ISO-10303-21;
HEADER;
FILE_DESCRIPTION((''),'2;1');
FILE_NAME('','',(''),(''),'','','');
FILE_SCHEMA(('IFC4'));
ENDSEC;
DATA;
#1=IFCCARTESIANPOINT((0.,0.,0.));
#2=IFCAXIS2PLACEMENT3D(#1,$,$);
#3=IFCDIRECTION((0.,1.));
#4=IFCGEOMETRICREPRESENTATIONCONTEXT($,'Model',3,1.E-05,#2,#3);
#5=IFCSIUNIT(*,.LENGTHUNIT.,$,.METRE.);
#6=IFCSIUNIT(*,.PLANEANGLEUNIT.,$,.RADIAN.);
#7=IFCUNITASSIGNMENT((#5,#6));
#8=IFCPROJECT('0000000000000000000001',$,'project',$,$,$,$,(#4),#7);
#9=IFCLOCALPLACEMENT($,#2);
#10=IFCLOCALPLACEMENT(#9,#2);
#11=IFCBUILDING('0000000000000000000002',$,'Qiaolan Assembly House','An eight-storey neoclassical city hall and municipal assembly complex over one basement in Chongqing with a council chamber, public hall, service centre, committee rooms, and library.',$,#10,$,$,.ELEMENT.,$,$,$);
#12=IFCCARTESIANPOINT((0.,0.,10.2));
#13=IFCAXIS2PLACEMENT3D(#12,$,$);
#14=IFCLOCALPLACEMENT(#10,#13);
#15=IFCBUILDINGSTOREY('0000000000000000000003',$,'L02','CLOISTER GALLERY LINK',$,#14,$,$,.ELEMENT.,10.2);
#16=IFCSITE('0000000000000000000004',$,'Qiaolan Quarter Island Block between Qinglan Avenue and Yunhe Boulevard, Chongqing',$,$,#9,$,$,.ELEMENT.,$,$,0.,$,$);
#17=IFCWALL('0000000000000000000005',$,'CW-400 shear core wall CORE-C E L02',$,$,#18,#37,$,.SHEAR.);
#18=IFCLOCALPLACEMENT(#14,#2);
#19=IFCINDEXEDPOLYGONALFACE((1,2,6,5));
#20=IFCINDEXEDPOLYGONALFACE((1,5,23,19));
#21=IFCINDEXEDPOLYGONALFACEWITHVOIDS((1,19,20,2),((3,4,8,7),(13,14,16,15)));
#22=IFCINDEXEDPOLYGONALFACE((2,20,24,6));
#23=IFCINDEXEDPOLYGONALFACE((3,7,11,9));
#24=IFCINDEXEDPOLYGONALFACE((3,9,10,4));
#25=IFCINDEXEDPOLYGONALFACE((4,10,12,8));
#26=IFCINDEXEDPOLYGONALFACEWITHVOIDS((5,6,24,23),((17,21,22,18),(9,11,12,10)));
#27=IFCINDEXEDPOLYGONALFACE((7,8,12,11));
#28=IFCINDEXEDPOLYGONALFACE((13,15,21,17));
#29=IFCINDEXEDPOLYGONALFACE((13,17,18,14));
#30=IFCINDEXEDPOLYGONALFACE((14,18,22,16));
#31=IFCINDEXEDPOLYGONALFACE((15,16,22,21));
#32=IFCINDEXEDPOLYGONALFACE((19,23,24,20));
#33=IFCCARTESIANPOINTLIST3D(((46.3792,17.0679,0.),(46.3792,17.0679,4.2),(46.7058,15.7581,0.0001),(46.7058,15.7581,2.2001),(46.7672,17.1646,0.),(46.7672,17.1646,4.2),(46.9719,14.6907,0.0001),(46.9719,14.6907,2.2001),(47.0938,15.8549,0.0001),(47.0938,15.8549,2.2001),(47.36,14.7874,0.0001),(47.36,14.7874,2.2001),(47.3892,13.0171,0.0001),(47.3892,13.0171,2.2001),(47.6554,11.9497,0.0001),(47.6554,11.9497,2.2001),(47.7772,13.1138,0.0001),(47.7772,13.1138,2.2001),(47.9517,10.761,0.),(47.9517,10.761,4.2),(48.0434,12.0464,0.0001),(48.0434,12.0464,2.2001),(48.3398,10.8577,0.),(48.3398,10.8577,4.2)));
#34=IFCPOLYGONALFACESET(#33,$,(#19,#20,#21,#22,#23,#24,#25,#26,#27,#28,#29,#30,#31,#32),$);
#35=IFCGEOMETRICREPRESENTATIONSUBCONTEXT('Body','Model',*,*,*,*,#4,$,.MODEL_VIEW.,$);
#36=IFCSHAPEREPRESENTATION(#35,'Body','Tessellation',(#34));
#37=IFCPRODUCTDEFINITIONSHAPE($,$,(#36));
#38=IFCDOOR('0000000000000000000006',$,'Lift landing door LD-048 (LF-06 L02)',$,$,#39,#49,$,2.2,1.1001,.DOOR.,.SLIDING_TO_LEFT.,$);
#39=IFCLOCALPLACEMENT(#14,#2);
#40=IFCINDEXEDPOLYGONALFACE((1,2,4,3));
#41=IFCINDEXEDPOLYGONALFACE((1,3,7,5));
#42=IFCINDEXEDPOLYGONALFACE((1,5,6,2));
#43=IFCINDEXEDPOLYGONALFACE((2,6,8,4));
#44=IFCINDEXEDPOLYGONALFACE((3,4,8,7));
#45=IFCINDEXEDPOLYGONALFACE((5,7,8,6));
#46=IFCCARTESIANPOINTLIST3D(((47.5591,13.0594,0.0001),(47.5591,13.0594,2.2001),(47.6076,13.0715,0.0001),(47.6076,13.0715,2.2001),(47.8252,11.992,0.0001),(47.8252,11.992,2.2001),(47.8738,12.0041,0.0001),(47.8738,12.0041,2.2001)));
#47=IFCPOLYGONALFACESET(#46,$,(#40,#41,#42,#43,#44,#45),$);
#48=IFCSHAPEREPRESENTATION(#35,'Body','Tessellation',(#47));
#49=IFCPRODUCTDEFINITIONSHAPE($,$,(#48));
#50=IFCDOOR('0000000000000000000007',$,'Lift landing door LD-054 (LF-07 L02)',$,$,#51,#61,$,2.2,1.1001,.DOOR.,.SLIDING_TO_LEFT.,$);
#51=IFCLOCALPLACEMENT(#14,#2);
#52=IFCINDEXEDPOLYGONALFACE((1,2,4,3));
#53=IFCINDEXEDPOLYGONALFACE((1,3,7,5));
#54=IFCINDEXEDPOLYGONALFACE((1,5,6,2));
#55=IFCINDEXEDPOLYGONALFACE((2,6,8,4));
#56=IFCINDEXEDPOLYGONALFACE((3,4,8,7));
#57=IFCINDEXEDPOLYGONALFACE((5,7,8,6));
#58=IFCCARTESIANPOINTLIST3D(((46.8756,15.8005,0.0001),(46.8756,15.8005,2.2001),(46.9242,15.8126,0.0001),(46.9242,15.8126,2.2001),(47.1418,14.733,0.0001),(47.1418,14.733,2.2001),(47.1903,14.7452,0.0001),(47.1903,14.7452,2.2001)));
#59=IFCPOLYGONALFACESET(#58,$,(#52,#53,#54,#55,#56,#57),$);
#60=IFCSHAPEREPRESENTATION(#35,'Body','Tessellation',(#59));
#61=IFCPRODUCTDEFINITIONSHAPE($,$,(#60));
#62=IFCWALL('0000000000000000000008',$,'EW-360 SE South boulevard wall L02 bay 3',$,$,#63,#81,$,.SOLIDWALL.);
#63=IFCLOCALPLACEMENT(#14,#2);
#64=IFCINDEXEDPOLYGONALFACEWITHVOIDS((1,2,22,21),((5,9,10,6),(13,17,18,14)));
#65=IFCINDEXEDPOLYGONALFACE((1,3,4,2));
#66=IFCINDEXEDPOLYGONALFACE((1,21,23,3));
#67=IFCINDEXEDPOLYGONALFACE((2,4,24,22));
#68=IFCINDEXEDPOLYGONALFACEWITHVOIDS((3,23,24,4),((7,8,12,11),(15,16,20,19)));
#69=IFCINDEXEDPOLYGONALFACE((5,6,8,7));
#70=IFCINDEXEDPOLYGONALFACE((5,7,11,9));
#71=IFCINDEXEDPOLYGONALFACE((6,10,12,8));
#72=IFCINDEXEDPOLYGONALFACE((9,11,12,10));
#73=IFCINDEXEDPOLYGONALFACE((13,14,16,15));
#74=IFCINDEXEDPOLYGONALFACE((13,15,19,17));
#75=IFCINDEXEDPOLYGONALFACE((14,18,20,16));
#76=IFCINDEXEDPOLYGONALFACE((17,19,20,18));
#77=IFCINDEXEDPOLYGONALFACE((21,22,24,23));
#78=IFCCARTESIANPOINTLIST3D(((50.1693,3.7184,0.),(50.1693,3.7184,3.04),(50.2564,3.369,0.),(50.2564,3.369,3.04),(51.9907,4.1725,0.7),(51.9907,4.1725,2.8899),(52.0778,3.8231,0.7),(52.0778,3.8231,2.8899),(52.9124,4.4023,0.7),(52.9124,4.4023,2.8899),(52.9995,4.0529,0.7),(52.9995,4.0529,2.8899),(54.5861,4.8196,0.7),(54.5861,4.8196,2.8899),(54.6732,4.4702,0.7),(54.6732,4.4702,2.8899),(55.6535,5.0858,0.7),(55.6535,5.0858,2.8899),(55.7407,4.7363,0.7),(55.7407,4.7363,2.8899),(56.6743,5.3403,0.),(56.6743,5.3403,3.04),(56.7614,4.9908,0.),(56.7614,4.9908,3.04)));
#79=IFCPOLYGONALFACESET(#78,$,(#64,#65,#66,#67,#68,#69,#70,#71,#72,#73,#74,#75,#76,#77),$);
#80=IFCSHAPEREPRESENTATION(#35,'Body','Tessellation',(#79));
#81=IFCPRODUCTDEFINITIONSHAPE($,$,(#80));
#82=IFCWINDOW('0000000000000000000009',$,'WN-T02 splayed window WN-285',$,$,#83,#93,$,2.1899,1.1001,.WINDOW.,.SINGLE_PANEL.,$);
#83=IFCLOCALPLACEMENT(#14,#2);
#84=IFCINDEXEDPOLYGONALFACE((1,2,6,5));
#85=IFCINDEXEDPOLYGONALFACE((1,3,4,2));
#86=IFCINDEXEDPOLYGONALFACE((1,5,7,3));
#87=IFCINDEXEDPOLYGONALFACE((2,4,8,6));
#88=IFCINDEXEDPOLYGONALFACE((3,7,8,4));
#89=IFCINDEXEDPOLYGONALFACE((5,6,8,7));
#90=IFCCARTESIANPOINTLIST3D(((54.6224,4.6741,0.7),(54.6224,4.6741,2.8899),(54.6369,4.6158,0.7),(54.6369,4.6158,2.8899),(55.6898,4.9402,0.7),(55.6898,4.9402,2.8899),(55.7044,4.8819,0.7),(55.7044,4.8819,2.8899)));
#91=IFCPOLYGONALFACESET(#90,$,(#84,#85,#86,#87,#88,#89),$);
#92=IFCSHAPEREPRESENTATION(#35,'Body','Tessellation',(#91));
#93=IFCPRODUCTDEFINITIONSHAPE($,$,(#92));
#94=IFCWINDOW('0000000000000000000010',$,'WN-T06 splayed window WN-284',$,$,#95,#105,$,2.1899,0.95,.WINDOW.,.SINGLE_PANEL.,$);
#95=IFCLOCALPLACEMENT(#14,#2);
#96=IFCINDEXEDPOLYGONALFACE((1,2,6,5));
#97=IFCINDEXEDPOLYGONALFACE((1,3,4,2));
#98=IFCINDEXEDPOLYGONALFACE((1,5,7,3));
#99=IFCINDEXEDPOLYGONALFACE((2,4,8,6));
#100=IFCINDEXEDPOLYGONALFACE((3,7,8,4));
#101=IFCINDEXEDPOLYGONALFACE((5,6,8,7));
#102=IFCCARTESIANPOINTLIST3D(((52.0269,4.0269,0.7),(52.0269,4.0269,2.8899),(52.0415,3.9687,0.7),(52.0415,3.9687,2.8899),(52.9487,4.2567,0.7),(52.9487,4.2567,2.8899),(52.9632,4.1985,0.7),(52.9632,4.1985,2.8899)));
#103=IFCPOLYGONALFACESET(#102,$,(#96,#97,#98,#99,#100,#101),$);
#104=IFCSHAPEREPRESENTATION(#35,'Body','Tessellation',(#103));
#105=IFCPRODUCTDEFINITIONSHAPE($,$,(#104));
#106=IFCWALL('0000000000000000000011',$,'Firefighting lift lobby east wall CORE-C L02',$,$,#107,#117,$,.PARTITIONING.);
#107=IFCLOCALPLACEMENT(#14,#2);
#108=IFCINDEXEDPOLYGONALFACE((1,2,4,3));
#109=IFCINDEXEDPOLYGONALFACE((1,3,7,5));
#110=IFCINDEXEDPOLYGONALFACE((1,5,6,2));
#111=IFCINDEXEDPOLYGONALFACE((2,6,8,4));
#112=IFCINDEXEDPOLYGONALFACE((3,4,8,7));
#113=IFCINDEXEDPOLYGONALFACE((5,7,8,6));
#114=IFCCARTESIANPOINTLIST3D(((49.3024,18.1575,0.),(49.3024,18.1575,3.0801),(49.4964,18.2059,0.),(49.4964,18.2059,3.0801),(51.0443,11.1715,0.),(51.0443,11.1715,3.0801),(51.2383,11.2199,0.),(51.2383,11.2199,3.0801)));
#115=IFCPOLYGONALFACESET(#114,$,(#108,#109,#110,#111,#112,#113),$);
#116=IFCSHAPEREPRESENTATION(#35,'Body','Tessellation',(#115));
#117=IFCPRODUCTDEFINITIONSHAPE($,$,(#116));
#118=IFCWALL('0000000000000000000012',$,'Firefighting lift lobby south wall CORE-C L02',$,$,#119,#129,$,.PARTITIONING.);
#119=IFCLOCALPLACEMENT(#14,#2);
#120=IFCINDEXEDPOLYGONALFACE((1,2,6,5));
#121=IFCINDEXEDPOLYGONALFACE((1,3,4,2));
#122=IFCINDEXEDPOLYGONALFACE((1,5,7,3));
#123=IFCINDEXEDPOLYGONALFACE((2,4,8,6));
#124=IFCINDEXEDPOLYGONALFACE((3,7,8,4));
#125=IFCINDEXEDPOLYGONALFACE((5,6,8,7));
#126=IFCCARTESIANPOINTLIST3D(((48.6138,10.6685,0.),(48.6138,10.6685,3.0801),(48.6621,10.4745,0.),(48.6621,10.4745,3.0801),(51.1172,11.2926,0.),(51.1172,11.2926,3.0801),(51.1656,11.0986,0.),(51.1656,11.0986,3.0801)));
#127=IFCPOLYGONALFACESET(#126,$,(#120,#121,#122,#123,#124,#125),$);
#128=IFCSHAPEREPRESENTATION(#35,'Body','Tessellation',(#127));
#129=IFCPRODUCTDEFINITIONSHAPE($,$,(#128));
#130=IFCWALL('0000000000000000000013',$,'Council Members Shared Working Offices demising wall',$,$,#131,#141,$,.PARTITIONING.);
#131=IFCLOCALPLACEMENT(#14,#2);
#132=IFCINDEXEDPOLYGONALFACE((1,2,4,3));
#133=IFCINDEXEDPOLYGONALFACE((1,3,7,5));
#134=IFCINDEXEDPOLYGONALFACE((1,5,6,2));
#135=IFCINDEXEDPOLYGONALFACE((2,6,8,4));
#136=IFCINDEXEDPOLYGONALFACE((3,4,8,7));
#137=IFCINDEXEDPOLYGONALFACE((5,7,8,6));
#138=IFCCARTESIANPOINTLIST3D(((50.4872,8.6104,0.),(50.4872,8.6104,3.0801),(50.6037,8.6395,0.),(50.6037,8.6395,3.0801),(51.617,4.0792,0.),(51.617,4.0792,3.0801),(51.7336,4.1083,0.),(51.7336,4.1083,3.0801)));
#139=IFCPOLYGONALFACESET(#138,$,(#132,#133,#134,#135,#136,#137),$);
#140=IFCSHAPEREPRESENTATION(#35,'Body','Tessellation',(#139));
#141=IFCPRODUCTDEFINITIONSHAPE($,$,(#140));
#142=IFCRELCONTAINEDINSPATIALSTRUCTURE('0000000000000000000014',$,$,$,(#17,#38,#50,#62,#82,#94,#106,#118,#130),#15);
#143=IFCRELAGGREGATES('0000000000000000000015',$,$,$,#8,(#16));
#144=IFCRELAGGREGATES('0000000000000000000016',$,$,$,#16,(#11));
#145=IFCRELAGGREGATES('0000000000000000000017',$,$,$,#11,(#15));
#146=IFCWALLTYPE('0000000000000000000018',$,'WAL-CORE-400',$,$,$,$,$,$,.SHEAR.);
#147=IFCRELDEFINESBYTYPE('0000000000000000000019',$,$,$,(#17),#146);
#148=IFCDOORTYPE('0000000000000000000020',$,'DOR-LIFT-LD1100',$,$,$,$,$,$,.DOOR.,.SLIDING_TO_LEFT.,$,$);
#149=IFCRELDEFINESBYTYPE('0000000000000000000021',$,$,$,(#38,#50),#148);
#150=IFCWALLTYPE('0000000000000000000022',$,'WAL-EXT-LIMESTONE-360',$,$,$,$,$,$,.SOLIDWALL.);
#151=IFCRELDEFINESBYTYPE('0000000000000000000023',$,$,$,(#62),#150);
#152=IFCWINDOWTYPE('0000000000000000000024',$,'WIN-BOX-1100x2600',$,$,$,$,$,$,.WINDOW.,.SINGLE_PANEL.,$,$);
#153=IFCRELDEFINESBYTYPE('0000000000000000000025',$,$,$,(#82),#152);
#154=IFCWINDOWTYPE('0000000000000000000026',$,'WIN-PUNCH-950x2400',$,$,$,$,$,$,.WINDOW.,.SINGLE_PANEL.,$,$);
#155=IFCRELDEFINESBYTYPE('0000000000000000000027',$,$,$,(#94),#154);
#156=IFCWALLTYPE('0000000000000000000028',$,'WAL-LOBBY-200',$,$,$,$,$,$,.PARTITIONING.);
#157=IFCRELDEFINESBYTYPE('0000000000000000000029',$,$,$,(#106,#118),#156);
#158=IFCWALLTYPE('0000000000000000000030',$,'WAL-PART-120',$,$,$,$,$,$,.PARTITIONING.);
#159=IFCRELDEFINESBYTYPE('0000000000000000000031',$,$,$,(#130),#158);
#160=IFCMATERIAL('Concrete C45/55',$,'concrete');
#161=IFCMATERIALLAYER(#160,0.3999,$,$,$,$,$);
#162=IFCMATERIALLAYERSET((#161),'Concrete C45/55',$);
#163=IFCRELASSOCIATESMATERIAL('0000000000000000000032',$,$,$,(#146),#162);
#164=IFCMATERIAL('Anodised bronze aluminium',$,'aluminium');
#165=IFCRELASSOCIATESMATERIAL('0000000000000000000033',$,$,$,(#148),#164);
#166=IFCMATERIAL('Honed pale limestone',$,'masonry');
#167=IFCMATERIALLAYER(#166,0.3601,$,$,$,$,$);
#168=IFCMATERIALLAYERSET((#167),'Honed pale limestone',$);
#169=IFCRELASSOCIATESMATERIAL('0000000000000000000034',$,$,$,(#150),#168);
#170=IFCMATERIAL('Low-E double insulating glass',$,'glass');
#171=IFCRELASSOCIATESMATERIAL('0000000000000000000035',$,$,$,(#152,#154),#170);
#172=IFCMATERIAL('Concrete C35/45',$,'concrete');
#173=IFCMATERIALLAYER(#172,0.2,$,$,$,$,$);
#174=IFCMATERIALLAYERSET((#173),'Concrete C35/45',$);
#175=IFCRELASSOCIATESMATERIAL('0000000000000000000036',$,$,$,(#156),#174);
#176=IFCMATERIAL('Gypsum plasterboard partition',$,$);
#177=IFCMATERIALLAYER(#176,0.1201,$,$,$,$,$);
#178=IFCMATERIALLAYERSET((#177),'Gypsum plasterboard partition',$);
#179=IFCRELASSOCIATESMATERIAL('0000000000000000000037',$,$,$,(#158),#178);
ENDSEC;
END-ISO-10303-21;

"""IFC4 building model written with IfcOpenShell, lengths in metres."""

from ifc_helpers import new_model, si_unit, direction, frame, frame_2d, origin, place, context, subcontext, project, spatial, rectangle, extrude, material, layer, layer_set, type_object, element, fill, save


model = new_model("IFC4")

# Units and contexts
model_context = context("Model", 3, precision=1e-05, world=origin(), true_north=direction((0.0, 1.0)))
body_context = subcontext(model_context, "Body", "Model", "MODEL_VIEW")
ifc_project = project(units=[si_unit("LENGTHUNIT", "METRE"), si_unit("PLANEANGLEUNIT", "RADIAN")], contexts=[model_context])

# Site, building, storey
site_placement = place(None, origin())
site = spatial("IfcSite", under=ifc_project, at=site_placement, Name="Qiaolan Quarter Island Block between Qinglan Avenue and Yunhe Boulevard, Chongqing", CompositionType="ELEMENT", RefElevation=0.0)
building_placement = place(site_placement, origin())
building = spatial("IfcBuilding", under=site, at=building_placement, Name="Qiaolan Assembly House", Description="An eight-storey neoclassical city hall and municipal assembly complex over one basement in Chongqing with a council chamber, public hall, service centre, committee rooms, and library.", CompositionType="ELEMENT")
storey_placement = place(building_placement, frame((0.0, 0.0, 10.2)))
storey = spatial("IfcBuildingStorey", under=building, at=storey_placement, Name="L02", Description="CLOISTER GALLERY LINK", CompositionType="ELEMENT", Elevation=10.2)

# Shared definitions
ifc_material_1 = material(Name="Concrete C45/55", Category="concrete")

# Shared definitions
ifc_material_2 = material(Name="Honed pale limestone", Category="masonry")

# Wall, openings, doors
ifc_layer_1 = layer(ifc_material_1, 0.3999)
ifc_layer_set_1 = layer_set([ifc_layer_1], Name="Concrete C45/55")
wall_type_1 = type_object("IfcWallType", Name="WAL-CORE-400", PredefinedType="SHEAR", material=ifc_layer_set_1)
wall_1_placement = place(storey_placement, frame((48.1458, 10.8093, 0.0), z_axis=(0.0, 0.0, 1.0), x_axis=(-0.241926, 0.970295, 0.0)))
wall_1 = element("IfcWall", 1, at=wall_1_placement, inside=storey, type_object=wall_type_1, Name="CW-400 shear core wall CORE-C E L02", PredefinedType="SHEAR", context=body_context, shape_type="SweptSolid", body=[
    extrude(rectangle(XDim=6.5, YDim=0.3999, at=frame_2d((3.25, 0.0))), origin(), (0.0, 0.0, 1.0), 4.2),
])
opening_1_placement = place(wall_1_placement, frame((1.2251, 0.0, 0.0)))
opening_1 = element("IfcOpeningElement", 2, at=opening_1_placement, cuts=wall_1, PredefinedType="OPENING", context=body_context, shape_type="SweptSolid", body=[
    extrude(rectangle(XDim=1.1001, YDim=2.2, at=frame_2d((0.55, 1.1001))), frame((0.0, 0.21, 0.0), z_axis=(0.0, -1.0, 0.0), x_axis=(1.0, 0.0, 0.0)), (0.0, 0.0, 1.0), 0.4199),
])
opening_2_placement = place(wall_1_placement, frame((4.05, 0.0, 0.0)))
opening_2 = element("IfcOpeningElement", 3, at=opening_2_placement, cuts=wall_1, PredefinedType="OPENING", context=body_context, shape_type="SweptSolid", body=[
    extrude(rectangle(XDim=1.1001, YDim=2.2, at=frame_2d((0.55, 1.1001))), frame((0.0, 0.21, 0.0), z_axis=(0.0, -1.0, 0.0), x_axis=(1.0, 0.0, 0.0)), (0.0, 0.0, 1.0), 0.4199),
])
ifc_material_3 = material(Name="Anodised bronze aluminium", Category="aluminium")
door_type_1 = type_object("IfcDoorType", Name="DOR-LIFT-LD1100", OperationType="SLIDING_TO_LEFT", PredefinedType="DOOR", material=ifc_material_3)
door_1_placement = place(opening_1_placement, origin())
door_1 = element("IfcDoor", 4, at=door_1_placement, inside=storey, type_object=door_type_1, Name="Lift landing door LD-048 (LF-06 L02)", OperationType="SLIDING_TO_LEFT", OverallHeight=2.2, OverallWidth=1.1001, PredefinedType="DOOR", context=body_context, shape_type="SweptSolid", body=[
    extrude(rectangle(XDim=1.1001, YDim=2.2, at=frame_2d((0.55, 1.1001))), frame((0.0, 0.0249, 0.0), z_axis=(0.0, -1.0, 0.0), x_axis=(1.0, 0.0, 0.0)), (0.0, 0.0, 1.0), 0.05),
])
fill(opening_1, door_1)
door_2_placement = place(opening_2_placement, origin())
door_2 = element("IfcDoor", 5, at=door_2_placement, inside=storey, type_object=door_type_1, Name="Lift landing door LD-054 (LF-07 L02)", OperationType="SLIDING_TO_LEFT", OverallHeight=2.2, OverallWidth=1.1001, PredefinedType="DOOR", context=body_context, shape_type="SweptSolid", body=[
    extrude(rectangle(XDim=1.1001, YDim=2.2, at=frame_2d((0.55, 1.1001))), frame((0.0, 0.0249, 0.0), z_axis=(0.0, -1.0, 0.0), x_axis=(1.0, 0.0, 0.0)), (0.0, 0.0, 1.0), 0.05),
])
fill(opening_2, door_2)

# Wall, openings, windows
ifc_layer_2 = layer(ifc_material_2, 0.3601)
ifc_layer_set_2 = layer_set([ifc_layer_2], Name="Honed pale limestone")
wall_type_2 = type_object("IfcWallType", Name="WAL-EXT-LIMESTONE-360", PredefinedType="SOLIDWALL", material=ifc_layer_set_2)
wall_2_placement = place(storey_placement, frame((50.2129, 3.5437, 0.0), z_axis=(0.0, 0.0, 1.0), x_axis=(0.970297, 0.241919, 0.0)))
wall_2 = element("IfcWall", 6, at=wall_2_placement, inside=storey, type_object=wall_type_2, Name="EW-360 SE South boulevard wall L02 bay 3", PredefinedType="SOLIDWALL", context=body_context, shape_type="SweptSolid", body=[
    extrude(rectangle(XDim=6.7041, YDim=0.3601, at=frame_2d((3.3521, 0.0))), origin(), (0.0, 0.0, 1.0), 3.04),
])
opening_3_placement = place(wall_2_placement, frame((1.877, 0.0, 0.7)))
opening_3 = element("IfcOpeningElement", 7, at=opening_3_placement, cuts=wall_2, PredefinedType="OPENING", context=body_context, shape_type="SweptSolid", body=[
    extrude(rectangle(XDim=0.95, YDim=2.1899, at=frame_2d((0.4751, 1.095))), frame((0.0, 0.1899, 0.0), z_axis=(0.0, -1.0, 0.0), x_axis=(1.0, 0.0, 0.0)), (0.0, 0.0, 1.0), 0.3801),
])
opening_4_placement = place(wall_2_placement, frame((4.552, 0.0, 0.7)))
opening_4 = element("IfcOpeningElement", 8, at=opening_4_placement, cuts=wall_2, PredefinedType="OPENING", context=body_context, shape_type="SweptSolid", body=[
    extrude(rectangle(XDim=1.1001, YDim=2.1899, at=frame_2d((0.55, 1.095))), frame((0.0, 0.1899, 0.0), z_axis=(0.0, -1.0, 0.0), x_axis=(1.0, 0.0, 0.0)), (0.0, 0.0, 1.0), 0.3801),
])
ifc_material_4 = material(Name="Low-E double insulating glass", Category="glass")
window_type_1 = type_object("IfcWindowType", Name="WIN-BOX-1100x2600", PartitioningType="SINGLE_PANEL", PredefinedType="WINDOW", material=ifc_material_4)
window_1_placement = place(opening_4_placement, origin())
window_1 = element("IfcWindow", 9, at=window_1_placement, inside=storey, type_object=window_type_1, Name="WN-T02 splayed window WN-285", OverallHeight=2.1899, OverallWidth=1.1001, PartitioningType="SINGLE_PANEL", PredefinedType="WINDOW", context=body_context, shape_type="SweptSolid", body=[
    extrude(rectangle(XDim=1.1001, YDim=2.1899, at=frame_2d((0.55, 1.095))), frame((0.0, 0.03, 0.0), z_axis=(0.0, -1.0, 0.0), x_axis=(1.0, 0.0, 0.0)), (0.0, 0.0, 1.0), 0.0601),
])
fill(opening_4, window_1)
window_type_2 = type_object("IfcWindowType", Name="WIN-PUNCH-950x2400", PartitioningType="SINGLE_PANEL", PredefinedType="WINDOW", material=ifc_material_4)
window_2_placement = place(opening_3_placement, origin())
window_2 = element("IfcWindow", 10, at=window_2_placement, inside=storey, type_object=window_type_2, Name="WN-T06 splayed window WN-284", OverallHeight=2.1899, OverallWidth=0.95, PartitioningType="SINGLE_PANEL", PredefinedType="WINDOW", context=body_context, shape_type="SweptSolid", body=[
    extrude(rectangle(XDim=0.95, YDim=2.1899, at=frame_2d((0.4751, 1.095))), frame((0.0, 0.03, 0.0), z_axis=(0.0, -1.0, 0.0), x_axis=(1.0, 0.0, 0.0)), (0.0, 0.0, 1.0), 0.0601),
])
fill(opening_3, window_2)

# Walls
ifc_material_5 = material(Name="Concrete C35/45", Category="concrete")
ifc_layer_3 = layer(ifc_material_5, 0.2)
ifc_layer_set_3 = layer_set([ifc_layer_3], Name="Concrete C35/45")
wall_type_3 = type_object("IfcWallType", Name="WAL-LOBBY-200", PredefinedType="PARTITIONING", material=ifc_layer_set_3)
wall_3_placement = place(storey_placement, frame((51.1414, 11.1956, 0.0), z_axis=(0.0, 0.0, 1.0), x_axis=(-0.241937, 0.970292, 0.0)))
element("IfcWall", 11, at=wall_3_placement, inside=storey, type_object=wall_type_3, Name="Firefighting lift lobby east wall CORE-C L02", PredefinedType="PARTITIONING", context=body_context, shape_type="SweptSolid", body=[
    extrude(rectangle(XDim=7.2, YDim=0.2, at=frame_2d((3.6001, 0.0))), origin(), (0.0, 0.0, 1.0), 3.0801),
])
wall_4_placement = place(storey_placement, frame((48.6379, 10.5715, 0.0), z_axis=(0.0, 0.0, 1.0), x_axis=(0.970309, 0.241868, 0.0)))
element("IfcWall", 12, at=wall_4_placement, inside=storey, type_object=wall_type_3, Name="Firefighting lift lobby south wall CORE-C L02", PredefinedType="PARTITIONING", context=body_context, shape_type="SweptSolid", body=[
    extrude(rectangle(XDim=2.5801, YDim=0.2, at=frame_2d((1.29, 0.0))), origin(), (0.0, 0.0, 1.0), 3.0801),
])
ifc_material_6 = material(Name="Gypsum plasterboard partition")
ifc_layer_4 = layer(ifc_material_6, 0.1201)
ifc_layer_set_4 = layer_set([ifc_layer_4], Name="Gypsum plasterboard partition")
wall_type_4 = type_object("IfcWallType", Name="WAL-PART-120", PredefinedType="PARTITIONING", material=ifc_layer_set_4)
wall_5_placement = place(storey_placement, frame((51.6753, 4.0938, 0.0), z_axis=(0.0, 0.0, 1.0), x_axis=(-0.241945, 0.97029, 0.0)))
element("IfcWall", 13, at=wall_5_placement, inside=storey, type_object=wall_type_4, Name="Council Members Shared Working Offices demising wall", PredefinedType="PARTITIONING", context=body_context, shape_type="SweptSolid", body=[
    extrude(rectangle(XDim=4.6699, YDim=0.1201, at=frame_2d((2.335, 0.0))), origin(), (0.0, 0.0, 1.0), 3.0801),
])

save(model, "model.ifc")
